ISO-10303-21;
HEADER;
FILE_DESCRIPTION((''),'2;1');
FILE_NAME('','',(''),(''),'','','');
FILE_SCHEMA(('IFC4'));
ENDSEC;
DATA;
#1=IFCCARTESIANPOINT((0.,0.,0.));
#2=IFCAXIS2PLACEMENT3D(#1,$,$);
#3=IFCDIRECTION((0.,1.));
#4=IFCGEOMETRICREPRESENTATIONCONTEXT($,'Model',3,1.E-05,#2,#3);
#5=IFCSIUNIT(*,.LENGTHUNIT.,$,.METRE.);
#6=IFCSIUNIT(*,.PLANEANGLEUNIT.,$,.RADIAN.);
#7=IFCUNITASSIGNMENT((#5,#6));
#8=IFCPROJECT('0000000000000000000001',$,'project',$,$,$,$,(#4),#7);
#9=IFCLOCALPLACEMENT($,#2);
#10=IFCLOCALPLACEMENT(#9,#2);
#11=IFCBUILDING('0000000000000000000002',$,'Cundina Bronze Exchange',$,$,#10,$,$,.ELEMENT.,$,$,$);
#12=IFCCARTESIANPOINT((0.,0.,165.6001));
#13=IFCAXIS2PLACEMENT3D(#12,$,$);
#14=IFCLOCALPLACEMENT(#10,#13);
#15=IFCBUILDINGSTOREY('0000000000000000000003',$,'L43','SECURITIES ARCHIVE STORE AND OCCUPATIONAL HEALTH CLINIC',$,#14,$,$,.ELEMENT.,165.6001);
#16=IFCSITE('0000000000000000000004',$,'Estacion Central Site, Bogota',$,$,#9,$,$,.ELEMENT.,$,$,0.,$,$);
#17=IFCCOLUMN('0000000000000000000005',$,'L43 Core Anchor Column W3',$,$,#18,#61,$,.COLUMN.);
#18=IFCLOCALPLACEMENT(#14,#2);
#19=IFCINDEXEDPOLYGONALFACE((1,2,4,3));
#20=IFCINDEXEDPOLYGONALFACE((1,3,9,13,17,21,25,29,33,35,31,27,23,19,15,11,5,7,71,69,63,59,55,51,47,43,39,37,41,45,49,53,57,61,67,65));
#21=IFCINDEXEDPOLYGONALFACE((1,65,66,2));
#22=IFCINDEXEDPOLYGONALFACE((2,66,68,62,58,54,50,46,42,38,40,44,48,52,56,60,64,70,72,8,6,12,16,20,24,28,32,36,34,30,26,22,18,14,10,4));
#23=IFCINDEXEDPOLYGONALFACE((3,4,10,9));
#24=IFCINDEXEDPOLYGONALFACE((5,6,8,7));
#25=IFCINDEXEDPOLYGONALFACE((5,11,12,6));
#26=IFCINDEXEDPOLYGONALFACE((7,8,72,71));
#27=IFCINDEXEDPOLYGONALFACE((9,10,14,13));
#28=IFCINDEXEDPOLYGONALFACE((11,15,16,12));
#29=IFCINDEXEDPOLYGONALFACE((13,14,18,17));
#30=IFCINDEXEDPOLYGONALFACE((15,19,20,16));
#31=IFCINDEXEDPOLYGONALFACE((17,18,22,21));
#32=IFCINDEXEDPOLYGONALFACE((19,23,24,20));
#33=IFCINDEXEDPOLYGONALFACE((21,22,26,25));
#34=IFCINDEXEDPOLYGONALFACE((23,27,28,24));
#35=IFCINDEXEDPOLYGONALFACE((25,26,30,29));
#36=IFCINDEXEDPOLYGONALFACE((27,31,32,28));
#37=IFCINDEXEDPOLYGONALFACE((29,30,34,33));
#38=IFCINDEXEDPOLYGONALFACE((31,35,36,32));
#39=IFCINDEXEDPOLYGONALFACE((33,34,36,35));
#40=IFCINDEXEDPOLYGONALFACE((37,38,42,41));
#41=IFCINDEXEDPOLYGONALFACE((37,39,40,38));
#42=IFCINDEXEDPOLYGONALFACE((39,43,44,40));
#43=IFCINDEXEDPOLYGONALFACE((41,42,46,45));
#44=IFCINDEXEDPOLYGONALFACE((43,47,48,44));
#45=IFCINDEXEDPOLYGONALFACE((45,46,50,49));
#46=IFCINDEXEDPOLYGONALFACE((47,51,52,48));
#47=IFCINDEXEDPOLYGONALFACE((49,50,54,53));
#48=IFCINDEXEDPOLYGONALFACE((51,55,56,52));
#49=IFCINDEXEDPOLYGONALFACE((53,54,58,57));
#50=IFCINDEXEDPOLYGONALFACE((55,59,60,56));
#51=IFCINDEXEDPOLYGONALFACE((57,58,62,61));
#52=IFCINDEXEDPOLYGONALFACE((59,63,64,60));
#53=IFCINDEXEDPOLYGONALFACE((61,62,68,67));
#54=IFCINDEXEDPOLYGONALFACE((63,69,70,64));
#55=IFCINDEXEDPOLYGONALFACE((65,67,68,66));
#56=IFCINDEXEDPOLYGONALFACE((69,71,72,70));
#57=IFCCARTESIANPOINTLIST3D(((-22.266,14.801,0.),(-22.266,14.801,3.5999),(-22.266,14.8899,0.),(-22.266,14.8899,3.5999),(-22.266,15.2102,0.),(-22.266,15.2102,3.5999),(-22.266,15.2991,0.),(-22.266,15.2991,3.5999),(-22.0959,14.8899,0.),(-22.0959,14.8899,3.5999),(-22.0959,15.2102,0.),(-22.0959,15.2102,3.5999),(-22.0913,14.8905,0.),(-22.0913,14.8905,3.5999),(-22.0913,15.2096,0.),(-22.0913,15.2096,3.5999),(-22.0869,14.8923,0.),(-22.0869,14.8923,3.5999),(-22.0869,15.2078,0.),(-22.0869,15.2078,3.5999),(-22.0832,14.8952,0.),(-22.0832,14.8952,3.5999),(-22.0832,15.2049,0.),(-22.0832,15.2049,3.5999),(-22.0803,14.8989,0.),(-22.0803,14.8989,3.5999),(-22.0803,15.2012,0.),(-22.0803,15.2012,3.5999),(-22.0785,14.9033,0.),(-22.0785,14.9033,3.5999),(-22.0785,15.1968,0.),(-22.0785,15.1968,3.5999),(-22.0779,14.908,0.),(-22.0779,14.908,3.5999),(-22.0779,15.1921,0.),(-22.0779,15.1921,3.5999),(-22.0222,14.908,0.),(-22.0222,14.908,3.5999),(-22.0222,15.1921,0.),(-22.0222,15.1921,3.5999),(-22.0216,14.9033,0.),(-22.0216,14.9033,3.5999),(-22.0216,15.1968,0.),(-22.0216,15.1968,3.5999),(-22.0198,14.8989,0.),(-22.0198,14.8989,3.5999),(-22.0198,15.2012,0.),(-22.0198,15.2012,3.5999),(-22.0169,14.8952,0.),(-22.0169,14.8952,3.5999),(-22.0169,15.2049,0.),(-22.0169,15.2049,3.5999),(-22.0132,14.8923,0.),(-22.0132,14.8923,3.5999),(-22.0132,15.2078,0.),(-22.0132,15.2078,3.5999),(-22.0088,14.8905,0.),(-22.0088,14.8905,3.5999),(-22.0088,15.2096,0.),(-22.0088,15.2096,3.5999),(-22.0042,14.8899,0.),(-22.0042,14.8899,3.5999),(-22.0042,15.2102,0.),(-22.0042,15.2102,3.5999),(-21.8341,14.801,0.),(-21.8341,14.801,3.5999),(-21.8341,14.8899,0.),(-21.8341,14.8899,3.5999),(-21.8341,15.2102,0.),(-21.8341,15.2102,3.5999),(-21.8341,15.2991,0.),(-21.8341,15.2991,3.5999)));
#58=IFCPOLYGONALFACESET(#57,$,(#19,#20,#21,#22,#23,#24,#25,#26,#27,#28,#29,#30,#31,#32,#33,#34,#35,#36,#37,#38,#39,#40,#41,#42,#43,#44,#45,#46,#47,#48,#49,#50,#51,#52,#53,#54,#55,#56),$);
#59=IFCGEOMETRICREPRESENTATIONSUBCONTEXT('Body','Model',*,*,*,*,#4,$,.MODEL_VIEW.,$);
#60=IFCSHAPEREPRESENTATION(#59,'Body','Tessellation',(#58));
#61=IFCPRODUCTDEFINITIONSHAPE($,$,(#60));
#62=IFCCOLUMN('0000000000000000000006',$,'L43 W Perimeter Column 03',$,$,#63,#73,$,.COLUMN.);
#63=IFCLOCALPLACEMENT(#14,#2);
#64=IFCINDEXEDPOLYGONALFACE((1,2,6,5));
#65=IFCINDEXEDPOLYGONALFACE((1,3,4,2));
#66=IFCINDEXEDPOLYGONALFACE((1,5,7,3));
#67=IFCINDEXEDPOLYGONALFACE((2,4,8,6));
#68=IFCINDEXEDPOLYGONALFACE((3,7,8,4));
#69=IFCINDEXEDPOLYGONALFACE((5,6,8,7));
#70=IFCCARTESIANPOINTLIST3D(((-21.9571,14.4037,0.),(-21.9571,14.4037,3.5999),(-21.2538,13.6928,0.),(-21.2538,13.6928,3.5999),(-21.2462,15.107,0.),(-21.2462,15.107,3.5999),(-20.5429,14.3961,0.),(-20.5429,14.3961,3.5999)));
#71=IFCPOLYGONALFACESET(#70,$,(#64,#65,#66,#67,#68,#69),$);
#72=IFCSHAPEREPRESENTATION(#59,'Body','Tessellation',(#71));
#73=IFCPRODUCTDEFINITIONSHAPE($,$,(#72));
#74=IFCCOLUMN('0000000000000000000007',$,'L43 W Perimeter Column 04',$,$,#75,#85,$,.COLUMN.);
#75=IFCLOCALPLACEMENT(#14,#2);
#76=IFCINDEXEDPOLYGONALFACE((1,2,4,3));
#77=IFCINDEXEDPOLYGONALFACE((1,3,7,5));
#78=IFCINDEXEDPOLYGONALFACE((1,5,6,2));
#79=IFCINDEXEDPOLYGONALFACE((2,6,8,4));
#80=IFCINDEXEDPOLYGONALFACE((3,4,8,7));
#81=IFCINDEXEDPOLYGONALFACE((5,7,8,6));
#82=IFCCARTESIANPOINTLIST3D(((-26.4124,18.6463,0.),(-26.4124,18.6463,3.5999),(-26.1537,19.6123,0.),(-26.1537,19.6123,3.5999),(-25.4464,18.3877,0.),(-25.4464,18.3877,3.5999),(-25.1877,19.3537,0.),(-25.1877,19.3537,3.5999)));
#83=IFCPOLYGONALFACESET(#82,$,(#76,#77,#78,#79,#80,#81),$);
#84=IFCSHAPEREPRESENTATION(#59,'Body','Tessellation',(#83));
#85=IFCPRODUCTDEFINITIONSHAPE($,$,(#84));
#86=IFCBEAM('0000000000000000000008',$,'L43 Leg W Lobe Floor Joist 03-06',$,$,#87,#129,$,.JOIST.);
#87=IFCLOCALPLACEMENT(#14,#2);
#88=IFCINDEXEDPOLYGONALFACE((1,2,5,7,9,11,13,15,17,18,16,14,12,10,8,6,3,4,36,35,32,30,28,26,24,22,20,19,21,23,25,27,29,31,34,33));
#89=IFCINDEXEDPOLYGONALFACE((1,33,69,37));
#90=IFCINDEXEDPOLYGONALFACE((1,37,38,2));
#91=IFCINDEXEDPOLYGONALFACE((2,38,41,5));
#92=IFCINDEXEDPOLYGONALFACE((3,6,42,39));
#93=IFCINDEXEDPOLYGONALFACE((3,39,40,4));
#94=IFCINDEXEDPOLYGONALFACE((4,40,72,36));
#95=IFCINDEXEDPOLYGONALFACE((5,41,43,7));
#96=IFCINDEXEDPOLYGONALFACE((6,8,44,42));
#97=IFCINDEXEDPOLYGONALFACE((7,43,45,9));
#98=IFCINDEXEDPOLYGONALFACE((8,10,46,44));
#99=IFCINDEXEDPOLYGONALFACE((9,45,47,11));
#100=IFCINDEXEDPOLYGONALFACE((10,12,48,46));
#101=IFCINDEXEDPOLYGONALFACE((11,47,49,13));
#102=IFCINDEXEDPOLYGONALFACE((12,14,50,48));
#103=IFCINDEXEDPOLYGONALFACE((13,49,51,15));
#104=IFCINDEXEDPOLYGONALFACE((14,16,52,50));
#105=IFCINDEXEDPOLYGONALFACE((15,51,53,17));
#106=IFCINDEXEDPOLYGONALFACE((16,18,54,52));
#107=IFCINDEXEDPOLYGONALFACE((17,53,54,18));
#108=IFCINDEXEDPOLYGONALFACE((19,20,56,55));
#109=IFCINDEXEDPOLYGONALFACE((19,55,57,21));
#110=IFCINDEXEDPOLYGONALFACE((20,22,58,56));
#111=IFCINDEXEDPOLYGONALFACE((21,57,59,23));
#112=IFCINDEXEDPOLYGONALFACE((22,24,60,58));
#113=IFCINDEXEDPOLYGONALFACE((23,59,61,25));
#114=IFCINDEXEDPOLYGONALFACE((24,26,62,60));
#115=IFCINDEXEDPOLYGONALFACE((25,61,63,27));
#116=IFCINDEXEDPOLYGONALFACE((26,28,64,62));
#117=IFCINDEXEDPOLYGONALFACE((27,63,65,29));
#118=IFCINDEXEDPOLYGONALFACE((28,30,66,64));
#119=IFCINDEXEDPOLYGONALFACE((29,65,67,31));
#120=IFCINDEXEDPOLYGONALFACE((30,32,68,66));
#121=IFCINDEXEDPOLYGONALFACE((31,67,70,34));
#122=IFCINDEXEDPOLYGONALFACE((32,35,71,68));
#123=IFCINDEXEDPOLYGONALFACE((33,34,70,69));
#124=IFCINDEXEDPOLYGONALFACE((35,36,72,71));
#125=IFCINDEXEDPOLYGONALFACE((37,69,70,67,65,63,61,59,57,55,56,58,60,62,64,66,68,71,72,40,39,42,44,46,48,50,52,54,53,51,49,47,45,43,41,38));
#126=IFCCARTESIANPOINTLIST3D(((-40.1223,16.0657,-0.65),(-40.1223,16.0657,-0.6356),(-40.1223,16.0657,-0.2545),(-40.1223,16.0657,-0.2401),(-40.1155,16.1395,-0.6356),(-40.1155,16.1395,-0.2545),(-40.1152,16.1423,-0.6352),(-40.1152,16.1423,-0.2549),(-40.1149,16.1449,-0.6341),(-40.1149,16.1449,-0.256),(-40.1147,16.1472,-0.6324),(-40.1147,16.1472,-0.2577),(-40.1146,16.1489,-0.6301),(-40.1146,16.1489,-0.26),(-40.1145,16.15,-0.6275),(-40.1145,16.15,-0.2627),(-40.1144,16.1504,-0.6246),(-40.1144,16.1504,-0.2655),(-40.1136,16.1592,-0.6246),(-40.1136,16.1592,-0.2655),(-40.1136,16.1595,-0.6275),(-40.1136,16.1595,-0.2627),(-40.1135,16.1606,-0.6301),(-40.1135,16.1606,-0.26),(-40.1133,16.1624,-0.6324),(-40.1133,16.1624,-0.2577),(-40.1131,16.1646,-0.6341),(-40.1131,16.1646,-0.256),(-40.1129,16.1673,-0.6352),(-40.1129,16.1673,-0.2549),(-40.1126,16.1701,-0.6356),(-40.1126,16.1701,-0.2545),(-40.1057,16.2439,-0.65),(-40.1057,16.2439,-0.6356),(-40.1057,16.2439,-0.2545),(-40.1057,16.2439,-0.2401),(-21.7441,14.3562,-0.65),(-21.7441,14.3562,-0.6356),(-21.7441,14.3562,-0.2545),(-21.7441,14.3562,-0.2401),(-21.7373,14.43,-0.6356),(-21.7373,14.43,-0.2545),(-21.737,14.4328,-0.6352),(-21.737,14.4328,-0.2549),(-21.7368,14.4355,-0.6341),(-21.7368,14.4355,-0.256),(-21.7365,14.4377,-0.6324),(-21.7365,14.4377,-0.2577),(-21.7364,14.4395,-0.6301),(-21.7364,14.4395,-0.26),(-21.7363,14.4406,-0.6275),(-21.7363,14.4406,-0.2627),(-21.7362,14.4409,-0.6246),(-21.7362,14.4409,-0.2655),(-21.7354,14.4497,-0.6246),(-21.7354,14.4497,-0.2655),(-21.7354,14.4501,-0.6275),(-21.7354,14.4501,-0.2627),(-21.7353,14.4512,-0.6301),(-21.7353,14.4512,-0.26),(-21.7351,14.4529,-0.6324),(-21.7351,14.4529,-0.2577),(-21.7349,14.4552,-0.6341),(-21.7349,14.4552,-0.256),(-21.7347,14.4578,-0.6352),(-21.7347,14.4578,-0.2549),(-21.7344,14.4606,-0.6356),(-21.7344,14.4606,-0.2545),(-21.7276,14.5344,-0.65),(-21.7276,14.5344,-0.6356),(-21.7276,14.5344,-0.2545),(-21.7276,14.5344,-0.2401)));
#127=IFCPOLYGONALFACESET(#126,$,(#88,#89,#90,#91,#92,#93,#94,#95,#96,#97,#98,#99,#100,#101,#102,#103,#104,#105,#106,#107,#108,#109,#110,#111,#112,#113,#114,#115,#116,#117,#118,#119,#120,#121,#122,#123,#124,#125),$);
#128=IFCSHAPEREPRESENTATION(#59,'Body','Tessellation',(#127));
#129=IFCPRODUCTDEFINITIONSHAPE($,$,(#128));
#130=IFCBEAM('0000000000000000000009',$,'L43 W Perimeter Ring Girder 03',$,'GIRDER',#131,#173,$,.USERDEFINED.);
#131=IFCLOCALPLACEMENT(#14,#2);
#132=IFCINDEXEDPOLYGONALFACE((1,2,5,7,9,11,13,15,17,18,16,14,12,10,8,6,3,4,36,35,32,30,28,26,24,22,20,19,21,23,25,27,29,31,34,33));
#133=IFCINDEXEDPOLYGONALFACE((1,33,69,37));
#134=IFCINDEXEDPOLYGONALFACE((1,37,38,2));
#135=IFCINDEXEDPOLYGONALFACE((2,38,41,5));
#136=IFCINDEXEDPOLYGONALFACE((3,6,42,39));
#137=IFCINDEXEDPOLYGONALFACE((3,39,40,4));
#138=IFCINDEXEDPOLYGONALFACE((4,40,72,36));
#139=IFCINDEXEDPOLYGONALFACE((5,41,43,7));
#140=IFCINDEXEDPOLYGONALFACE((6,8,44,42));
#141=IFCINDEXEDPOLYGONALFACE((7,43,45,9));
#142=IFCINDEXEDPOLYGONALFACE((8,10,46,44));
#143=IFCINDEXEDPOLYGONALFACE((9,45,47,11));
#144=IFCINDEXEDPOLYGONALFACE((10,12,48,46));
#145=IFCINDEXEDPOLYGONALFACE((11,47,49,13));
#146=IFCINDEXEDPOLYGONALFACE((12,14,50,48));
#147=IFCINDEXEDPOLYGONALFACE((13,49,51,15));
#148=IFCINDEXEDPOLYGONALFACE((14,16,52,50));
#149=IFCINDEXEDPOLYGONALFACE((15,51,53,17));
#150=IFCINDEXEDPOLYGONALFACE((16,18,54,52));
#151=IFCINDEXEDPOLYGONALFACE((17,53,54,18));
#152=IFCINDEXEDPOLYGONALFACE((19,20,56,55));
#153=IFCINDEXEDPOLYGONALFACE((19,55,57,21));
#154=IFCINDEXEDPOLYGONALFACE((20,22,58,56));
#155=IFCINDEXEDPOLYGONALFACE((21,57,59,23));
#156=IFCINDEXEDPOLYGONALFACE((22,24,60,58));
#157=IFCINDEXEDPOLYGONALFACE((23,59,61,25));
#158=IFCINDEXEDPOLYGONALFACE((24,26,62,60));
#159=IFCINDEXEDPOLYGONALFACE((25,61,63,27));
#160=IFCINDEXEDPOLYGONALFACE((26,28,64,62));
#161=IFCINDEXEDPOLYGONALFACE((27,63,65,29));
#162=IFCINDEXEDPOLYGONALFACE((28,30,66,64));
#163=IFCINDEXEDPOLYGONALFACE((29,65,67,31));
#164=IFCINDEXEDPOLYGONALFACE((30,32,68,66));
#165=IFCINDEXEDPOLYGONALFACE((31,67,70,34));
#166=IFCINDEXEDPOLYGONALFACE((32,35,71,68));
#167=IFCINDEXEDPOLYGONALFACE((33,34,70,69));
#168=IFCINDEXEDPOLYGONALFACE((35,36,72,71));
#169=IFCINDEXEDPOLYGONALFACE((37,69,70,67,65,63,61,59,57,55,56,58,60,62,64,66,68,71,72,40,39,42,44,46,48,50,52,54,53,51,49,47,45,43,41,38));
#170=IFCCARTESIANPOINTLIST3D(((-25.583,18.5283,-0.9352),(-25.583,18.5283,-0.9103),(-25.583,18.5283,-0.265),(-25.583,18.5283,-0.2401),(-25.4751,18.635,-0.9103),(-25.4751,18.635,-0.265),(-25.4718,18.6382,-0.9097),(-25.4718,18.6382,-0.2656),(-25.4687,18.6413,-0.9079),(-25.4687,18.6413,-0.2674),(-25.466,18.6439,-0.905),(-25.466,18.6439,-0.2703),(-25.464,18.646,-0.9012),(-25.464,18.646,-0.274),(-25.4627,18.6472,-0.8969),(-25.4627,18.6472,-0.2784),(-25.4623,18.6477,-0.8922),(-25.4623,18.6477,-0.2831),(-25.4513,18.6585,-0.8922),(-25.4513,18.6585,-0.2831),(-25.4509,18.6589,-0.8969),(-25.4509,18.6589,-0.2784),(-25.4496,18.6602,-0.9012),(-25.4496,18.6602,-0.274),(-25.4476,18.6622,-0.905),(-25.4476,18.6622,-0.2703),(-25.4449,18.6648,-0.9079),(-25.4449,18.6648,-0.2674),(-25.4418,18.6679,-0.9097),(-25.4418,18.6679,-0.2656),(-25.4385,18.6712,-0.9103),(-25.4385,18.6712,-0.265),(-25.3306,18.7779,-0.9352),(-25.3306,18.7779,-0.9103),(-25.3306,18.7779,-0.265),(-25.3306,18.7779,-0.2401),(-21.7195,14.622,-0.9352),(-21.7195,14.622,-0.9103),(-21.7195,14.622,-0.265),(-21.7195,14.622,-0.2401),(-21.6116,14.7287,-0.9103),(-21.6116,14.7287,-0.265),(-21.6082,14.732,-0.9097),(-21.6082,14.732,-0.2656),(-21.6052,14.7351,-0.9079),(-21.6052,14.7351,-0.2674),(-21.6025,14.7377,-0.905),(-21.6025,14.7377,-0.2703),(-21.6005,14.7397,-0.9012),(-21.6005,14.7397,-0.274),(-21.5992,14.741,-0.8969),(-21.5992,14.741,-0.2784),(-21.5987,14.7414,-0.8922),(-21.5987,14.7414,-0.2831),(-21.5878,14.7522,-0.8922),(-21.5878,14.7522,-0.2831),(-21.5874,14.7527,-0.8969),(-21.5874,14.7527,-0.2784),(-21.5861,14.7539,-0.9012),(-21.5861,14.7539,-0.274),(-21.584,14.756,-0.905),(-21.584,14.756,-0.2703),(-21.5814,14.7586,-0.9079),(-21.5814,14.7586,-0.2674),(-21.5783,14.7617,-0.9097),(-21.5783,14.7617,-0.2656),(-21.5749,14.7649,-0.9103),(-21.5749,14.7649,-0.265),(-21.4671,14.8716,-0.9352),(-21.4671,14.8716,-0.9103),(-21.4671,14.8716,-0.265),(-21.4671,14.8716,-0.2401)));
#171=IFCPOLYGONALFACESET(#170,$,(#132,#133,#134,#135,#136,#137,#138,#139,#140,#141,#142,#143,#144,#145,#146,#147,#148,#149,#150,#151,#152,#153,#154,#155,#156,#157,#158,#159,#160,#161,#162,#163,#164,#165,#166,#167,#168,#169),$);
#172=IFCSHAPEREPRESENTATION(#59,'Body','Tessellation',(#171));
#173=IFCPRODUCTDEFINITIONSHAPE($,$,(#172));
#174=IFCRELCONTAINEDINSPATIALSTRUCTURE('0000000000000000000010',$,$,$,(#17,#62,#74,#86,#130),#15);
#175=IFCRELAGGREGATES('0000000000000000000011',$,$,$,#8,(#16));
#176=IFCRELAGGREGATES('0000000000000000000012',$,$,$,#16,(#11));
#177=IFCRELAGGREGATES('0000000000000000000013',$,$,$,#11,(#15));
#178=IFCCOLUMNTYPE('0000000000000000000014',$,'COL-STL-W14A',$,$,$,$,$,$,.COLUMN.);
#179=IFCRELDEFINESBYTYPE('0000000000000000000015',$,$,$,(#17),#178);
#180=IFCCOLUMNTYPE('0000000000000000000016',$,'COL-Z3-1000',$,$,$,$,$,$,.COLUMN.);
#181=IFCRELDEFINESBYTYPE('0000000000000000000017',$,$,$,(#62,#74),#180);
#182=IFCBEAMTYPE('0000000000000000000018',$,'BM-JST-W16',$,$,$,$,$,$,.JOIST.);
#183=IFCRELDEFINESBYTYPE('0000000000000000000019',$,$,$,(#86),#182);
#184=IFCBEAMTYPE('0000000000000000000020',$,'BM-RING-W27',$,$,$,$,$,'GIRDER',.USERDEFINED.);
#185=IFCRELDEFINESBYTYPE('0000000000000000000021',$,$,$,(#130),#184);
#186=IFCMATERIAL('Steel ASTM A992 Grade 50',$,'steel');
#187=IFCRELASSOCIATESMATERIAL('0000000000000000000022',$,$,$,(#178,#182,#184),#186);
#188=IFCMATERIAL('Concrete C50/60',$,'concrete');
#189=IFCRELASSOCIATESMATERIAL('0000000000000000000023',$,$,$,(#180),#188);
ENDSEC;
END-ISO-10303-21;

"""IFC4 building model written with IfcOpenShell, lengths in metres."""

from ifc_helpers import new_model, si_unit, direction, frame, origin, origin_2d, place, context, subcontext, project, spatial, rectangle, i_section, extrude, material, material_profile, profile_set, type_object, element, save


model = new_model("IFC4")

# Units and contexts
model_context = context("Model", 3, precision=1e-05, world=origin(), true_north=direction((0.0, 1.0)))
body_context = subcontext(model_context, "Body", "Model", "MODEL_VIEW")
ifc_project = project(units=[si_unit("LENGTHUNIT", "METRE"), si_unit("PLANEANGLEUNIT", "RADIAN")], contexts=[model_context])

# Site, building, storey
site_placement = place(None, origin())
site = spatial("IfcSite", under=ifc_project, at=site_placement, Name="Estacion Central Site, Bogota", CompositionType="ELEMENT", RefElevation=0.0)
building_placement = place(site_placement, origin())
building = spatial("IfcBuilding", under=site, at=building_placement, Name="Cundina Bronze Exchange", CompositionType="ELEMENT")
storey_placement = place(building_placement, frame((0.0, 0.0, 165.6001)))
storey = spatial("IfcBuildingStorey", under=building, at=storey_placement, Name="L43", Description="SECURITIES ARCHIVE STORE AND OCCUPATIONAL HEALTH CLINIC", CompositionType="ELEMENT", Elevation=165.6001)

# Columns
ifc_material_1 = material(Name="Steel ASTM A992 Grade 50", Category="steel")
ifc_material_profile_1 = material_profile(ifc_material_1, i_section(OverallWidth=0.4319, OverallDepth=0.498, WebThickness=0.0557, FlangeThickness=0.0889, FilletRadius=0.0181, at=origin_2d()), Name="W14X500", Category="steel")
ifc_profile_set_1 = profile_set([ifc_material_profile_1], Name="Steel ASTM A992 Grade 50")
column_type_1 = type_object("IfcColumnType", Name="COL-STL-W14A", PredefinedType="COLUMN", material=ifc_profile_set_1)
column_placement = place(storey_placement, frame((-22.05, 15.05, 0.0), z_axis=(0.0, 0.0, 1.0), x_axis=(1.0, 0.0, 0.0)))
element("IfcColumn", 1, at=column_placement, inside=storey, type_object=column_type_1, Name="L43 Core Anchor Column W3", PredefinedType="COLUMN", context=body_context, shape_type="SweptSolid", body=[
    extrude(i_section(OverallWidth=0.4319, OverallDepth=0.498, WebThickness=0.0557, FlangeThickness=0.0889, FilletRadius=0.0181, at=origin_2d()), origin(), (0.0, 0.0, 1.0), 3.5999),
])
ifc_material_2 = material(Name="Concrete C50/60", Category="concrete")
ifc_material_profile_2 = material_profile(ifc_material_2, rectangle(XDim=1.0, YDim=1.0, at=origin_2d()), Name="RC1000X1000", Category="concrete")
ifc_profile_set_2 = profile_set([ifc_material_profile_2], Name="Concrete C50/60")
column_type_2 = type_object("IfcColumnType", Name="COL-Z3-1000", PredefinedType="COLUMN", material=ifc_profile_set_2)
for number, where, z_axis, x_axis, name in (
    (2, (-21.25, 14.3999, 0.0), (0.0, 0.0, 1.0), (-0.703271, 0.710922, 0.0), "L43 W Perimeter Column 03"),
    (3, (-25.8, 19.0, 0.0), (0.0, 0.0, 1.0), (-0.965971, 0.25865, 0.0), "L43 W Perimeter Column 04"),
):
    element("IfcColumn", number, at=place(storey_placement, frame(where, z_axis=z_axis, x_axis=x_axis)), inside=storey, type_object=column_type_2, Name=name, PredefinedType="COLUMN", context=body_context, shape_type="SweptSolid", body=[
        extrude(rectangle(XDim=1.0, YDim=1.0, at=origin_2d()), origin(), (0.0, 0.0, 1.0), 3.5999),
    ])

# Beams
ifc_material_profile_3 = material_profile(ifc_material_1, i_section(OverallWidth=0.179, OverallDepth=0.4099, WebThickness=0.0088, FlangeThickness=0.0144, FilletRadius=0.011, at=origin_2d()), Name="W16X45", Category="steel")
ifc_profile_set_3 = profile_set([ifc_material_profile_3], Name="Steel ASTM A992 Grade 50")
beam_type_1 = type_object("IfcBeamType", Name="BM-JST-W16", PredefinedType="JOIST", material=ifc_profile_set_3)
beam_1_placement = place(storey_placement, frame((-21.7358, 14.4453, -0.4451), z_axis=(-0.995702, 0.092617, 0.0), x_axis=(-0.092617, -0.995702, 0.0)))
element("IfcBeam", 4, at=beam_1_placement, inside=storey, type_object=beam_type_1, Name="L43 Leg W Lobe Floor Joist 03-06", PredefinedType="JOIST", context=body_context, shape_type="SweptSolid", body=[
    extrude(i_section(OverallWidth=0.179, OverallDepth=0.4099, WebThickness=0.0088, FlangeThickness=0.0144, FilletRadius=0.011, at=origin_2d()), origin(), (0.0, 0.0, 1.0), 18.4575),
])
ifc_material_profile_4 = material_profile(ifc_material_1, i_section(OverallWidth=0.355, OverallDepth=0.6951, WebThickness=0.0154, FlangeThickness=0.0249, FilletRadius=0.0181, at=origin_2d()), Name="W27X146", Category="steel")
ifc_profile_set_4 = profile_set([ifc_material_profile_4], Name="Steel ASTM A992 Grade 50")
beam_type_2 = type_object("IfcBeamType", Name="BM-RING-W27", ElementType="GIRDER", PredefinedType="USERDEFINED", material=ifc_profile_set_4)
beam_2_placement = place(storey_placement, frame((-21.5933, 14.7468, -0.5876), z_axis=(-0.703208, 0.710984, 0.0), x_axis=(-0.710984, -0.703208, 0.0)))
element("IfcBeam", 5, at=beam_2_placement, inside=storey, type_object=beam_type_2, Name="L43 W Perimeter Ring Girder 03", ObjectType="GIRDER", PredefinedType="USERDEFINED", context=body_context, shape_type="SweptSolid", body=[
    extrude(i_section(OverallWidth=0.355, OverallDepth=0.6951, WebThickness=0.0154, FlangeThickness=0.0249, FilletRadius=0.0181, at=origin_2d()), origin(), (0.0, 0.0, 1.0), 5.4941),
])

save(model, "model.ifc")
